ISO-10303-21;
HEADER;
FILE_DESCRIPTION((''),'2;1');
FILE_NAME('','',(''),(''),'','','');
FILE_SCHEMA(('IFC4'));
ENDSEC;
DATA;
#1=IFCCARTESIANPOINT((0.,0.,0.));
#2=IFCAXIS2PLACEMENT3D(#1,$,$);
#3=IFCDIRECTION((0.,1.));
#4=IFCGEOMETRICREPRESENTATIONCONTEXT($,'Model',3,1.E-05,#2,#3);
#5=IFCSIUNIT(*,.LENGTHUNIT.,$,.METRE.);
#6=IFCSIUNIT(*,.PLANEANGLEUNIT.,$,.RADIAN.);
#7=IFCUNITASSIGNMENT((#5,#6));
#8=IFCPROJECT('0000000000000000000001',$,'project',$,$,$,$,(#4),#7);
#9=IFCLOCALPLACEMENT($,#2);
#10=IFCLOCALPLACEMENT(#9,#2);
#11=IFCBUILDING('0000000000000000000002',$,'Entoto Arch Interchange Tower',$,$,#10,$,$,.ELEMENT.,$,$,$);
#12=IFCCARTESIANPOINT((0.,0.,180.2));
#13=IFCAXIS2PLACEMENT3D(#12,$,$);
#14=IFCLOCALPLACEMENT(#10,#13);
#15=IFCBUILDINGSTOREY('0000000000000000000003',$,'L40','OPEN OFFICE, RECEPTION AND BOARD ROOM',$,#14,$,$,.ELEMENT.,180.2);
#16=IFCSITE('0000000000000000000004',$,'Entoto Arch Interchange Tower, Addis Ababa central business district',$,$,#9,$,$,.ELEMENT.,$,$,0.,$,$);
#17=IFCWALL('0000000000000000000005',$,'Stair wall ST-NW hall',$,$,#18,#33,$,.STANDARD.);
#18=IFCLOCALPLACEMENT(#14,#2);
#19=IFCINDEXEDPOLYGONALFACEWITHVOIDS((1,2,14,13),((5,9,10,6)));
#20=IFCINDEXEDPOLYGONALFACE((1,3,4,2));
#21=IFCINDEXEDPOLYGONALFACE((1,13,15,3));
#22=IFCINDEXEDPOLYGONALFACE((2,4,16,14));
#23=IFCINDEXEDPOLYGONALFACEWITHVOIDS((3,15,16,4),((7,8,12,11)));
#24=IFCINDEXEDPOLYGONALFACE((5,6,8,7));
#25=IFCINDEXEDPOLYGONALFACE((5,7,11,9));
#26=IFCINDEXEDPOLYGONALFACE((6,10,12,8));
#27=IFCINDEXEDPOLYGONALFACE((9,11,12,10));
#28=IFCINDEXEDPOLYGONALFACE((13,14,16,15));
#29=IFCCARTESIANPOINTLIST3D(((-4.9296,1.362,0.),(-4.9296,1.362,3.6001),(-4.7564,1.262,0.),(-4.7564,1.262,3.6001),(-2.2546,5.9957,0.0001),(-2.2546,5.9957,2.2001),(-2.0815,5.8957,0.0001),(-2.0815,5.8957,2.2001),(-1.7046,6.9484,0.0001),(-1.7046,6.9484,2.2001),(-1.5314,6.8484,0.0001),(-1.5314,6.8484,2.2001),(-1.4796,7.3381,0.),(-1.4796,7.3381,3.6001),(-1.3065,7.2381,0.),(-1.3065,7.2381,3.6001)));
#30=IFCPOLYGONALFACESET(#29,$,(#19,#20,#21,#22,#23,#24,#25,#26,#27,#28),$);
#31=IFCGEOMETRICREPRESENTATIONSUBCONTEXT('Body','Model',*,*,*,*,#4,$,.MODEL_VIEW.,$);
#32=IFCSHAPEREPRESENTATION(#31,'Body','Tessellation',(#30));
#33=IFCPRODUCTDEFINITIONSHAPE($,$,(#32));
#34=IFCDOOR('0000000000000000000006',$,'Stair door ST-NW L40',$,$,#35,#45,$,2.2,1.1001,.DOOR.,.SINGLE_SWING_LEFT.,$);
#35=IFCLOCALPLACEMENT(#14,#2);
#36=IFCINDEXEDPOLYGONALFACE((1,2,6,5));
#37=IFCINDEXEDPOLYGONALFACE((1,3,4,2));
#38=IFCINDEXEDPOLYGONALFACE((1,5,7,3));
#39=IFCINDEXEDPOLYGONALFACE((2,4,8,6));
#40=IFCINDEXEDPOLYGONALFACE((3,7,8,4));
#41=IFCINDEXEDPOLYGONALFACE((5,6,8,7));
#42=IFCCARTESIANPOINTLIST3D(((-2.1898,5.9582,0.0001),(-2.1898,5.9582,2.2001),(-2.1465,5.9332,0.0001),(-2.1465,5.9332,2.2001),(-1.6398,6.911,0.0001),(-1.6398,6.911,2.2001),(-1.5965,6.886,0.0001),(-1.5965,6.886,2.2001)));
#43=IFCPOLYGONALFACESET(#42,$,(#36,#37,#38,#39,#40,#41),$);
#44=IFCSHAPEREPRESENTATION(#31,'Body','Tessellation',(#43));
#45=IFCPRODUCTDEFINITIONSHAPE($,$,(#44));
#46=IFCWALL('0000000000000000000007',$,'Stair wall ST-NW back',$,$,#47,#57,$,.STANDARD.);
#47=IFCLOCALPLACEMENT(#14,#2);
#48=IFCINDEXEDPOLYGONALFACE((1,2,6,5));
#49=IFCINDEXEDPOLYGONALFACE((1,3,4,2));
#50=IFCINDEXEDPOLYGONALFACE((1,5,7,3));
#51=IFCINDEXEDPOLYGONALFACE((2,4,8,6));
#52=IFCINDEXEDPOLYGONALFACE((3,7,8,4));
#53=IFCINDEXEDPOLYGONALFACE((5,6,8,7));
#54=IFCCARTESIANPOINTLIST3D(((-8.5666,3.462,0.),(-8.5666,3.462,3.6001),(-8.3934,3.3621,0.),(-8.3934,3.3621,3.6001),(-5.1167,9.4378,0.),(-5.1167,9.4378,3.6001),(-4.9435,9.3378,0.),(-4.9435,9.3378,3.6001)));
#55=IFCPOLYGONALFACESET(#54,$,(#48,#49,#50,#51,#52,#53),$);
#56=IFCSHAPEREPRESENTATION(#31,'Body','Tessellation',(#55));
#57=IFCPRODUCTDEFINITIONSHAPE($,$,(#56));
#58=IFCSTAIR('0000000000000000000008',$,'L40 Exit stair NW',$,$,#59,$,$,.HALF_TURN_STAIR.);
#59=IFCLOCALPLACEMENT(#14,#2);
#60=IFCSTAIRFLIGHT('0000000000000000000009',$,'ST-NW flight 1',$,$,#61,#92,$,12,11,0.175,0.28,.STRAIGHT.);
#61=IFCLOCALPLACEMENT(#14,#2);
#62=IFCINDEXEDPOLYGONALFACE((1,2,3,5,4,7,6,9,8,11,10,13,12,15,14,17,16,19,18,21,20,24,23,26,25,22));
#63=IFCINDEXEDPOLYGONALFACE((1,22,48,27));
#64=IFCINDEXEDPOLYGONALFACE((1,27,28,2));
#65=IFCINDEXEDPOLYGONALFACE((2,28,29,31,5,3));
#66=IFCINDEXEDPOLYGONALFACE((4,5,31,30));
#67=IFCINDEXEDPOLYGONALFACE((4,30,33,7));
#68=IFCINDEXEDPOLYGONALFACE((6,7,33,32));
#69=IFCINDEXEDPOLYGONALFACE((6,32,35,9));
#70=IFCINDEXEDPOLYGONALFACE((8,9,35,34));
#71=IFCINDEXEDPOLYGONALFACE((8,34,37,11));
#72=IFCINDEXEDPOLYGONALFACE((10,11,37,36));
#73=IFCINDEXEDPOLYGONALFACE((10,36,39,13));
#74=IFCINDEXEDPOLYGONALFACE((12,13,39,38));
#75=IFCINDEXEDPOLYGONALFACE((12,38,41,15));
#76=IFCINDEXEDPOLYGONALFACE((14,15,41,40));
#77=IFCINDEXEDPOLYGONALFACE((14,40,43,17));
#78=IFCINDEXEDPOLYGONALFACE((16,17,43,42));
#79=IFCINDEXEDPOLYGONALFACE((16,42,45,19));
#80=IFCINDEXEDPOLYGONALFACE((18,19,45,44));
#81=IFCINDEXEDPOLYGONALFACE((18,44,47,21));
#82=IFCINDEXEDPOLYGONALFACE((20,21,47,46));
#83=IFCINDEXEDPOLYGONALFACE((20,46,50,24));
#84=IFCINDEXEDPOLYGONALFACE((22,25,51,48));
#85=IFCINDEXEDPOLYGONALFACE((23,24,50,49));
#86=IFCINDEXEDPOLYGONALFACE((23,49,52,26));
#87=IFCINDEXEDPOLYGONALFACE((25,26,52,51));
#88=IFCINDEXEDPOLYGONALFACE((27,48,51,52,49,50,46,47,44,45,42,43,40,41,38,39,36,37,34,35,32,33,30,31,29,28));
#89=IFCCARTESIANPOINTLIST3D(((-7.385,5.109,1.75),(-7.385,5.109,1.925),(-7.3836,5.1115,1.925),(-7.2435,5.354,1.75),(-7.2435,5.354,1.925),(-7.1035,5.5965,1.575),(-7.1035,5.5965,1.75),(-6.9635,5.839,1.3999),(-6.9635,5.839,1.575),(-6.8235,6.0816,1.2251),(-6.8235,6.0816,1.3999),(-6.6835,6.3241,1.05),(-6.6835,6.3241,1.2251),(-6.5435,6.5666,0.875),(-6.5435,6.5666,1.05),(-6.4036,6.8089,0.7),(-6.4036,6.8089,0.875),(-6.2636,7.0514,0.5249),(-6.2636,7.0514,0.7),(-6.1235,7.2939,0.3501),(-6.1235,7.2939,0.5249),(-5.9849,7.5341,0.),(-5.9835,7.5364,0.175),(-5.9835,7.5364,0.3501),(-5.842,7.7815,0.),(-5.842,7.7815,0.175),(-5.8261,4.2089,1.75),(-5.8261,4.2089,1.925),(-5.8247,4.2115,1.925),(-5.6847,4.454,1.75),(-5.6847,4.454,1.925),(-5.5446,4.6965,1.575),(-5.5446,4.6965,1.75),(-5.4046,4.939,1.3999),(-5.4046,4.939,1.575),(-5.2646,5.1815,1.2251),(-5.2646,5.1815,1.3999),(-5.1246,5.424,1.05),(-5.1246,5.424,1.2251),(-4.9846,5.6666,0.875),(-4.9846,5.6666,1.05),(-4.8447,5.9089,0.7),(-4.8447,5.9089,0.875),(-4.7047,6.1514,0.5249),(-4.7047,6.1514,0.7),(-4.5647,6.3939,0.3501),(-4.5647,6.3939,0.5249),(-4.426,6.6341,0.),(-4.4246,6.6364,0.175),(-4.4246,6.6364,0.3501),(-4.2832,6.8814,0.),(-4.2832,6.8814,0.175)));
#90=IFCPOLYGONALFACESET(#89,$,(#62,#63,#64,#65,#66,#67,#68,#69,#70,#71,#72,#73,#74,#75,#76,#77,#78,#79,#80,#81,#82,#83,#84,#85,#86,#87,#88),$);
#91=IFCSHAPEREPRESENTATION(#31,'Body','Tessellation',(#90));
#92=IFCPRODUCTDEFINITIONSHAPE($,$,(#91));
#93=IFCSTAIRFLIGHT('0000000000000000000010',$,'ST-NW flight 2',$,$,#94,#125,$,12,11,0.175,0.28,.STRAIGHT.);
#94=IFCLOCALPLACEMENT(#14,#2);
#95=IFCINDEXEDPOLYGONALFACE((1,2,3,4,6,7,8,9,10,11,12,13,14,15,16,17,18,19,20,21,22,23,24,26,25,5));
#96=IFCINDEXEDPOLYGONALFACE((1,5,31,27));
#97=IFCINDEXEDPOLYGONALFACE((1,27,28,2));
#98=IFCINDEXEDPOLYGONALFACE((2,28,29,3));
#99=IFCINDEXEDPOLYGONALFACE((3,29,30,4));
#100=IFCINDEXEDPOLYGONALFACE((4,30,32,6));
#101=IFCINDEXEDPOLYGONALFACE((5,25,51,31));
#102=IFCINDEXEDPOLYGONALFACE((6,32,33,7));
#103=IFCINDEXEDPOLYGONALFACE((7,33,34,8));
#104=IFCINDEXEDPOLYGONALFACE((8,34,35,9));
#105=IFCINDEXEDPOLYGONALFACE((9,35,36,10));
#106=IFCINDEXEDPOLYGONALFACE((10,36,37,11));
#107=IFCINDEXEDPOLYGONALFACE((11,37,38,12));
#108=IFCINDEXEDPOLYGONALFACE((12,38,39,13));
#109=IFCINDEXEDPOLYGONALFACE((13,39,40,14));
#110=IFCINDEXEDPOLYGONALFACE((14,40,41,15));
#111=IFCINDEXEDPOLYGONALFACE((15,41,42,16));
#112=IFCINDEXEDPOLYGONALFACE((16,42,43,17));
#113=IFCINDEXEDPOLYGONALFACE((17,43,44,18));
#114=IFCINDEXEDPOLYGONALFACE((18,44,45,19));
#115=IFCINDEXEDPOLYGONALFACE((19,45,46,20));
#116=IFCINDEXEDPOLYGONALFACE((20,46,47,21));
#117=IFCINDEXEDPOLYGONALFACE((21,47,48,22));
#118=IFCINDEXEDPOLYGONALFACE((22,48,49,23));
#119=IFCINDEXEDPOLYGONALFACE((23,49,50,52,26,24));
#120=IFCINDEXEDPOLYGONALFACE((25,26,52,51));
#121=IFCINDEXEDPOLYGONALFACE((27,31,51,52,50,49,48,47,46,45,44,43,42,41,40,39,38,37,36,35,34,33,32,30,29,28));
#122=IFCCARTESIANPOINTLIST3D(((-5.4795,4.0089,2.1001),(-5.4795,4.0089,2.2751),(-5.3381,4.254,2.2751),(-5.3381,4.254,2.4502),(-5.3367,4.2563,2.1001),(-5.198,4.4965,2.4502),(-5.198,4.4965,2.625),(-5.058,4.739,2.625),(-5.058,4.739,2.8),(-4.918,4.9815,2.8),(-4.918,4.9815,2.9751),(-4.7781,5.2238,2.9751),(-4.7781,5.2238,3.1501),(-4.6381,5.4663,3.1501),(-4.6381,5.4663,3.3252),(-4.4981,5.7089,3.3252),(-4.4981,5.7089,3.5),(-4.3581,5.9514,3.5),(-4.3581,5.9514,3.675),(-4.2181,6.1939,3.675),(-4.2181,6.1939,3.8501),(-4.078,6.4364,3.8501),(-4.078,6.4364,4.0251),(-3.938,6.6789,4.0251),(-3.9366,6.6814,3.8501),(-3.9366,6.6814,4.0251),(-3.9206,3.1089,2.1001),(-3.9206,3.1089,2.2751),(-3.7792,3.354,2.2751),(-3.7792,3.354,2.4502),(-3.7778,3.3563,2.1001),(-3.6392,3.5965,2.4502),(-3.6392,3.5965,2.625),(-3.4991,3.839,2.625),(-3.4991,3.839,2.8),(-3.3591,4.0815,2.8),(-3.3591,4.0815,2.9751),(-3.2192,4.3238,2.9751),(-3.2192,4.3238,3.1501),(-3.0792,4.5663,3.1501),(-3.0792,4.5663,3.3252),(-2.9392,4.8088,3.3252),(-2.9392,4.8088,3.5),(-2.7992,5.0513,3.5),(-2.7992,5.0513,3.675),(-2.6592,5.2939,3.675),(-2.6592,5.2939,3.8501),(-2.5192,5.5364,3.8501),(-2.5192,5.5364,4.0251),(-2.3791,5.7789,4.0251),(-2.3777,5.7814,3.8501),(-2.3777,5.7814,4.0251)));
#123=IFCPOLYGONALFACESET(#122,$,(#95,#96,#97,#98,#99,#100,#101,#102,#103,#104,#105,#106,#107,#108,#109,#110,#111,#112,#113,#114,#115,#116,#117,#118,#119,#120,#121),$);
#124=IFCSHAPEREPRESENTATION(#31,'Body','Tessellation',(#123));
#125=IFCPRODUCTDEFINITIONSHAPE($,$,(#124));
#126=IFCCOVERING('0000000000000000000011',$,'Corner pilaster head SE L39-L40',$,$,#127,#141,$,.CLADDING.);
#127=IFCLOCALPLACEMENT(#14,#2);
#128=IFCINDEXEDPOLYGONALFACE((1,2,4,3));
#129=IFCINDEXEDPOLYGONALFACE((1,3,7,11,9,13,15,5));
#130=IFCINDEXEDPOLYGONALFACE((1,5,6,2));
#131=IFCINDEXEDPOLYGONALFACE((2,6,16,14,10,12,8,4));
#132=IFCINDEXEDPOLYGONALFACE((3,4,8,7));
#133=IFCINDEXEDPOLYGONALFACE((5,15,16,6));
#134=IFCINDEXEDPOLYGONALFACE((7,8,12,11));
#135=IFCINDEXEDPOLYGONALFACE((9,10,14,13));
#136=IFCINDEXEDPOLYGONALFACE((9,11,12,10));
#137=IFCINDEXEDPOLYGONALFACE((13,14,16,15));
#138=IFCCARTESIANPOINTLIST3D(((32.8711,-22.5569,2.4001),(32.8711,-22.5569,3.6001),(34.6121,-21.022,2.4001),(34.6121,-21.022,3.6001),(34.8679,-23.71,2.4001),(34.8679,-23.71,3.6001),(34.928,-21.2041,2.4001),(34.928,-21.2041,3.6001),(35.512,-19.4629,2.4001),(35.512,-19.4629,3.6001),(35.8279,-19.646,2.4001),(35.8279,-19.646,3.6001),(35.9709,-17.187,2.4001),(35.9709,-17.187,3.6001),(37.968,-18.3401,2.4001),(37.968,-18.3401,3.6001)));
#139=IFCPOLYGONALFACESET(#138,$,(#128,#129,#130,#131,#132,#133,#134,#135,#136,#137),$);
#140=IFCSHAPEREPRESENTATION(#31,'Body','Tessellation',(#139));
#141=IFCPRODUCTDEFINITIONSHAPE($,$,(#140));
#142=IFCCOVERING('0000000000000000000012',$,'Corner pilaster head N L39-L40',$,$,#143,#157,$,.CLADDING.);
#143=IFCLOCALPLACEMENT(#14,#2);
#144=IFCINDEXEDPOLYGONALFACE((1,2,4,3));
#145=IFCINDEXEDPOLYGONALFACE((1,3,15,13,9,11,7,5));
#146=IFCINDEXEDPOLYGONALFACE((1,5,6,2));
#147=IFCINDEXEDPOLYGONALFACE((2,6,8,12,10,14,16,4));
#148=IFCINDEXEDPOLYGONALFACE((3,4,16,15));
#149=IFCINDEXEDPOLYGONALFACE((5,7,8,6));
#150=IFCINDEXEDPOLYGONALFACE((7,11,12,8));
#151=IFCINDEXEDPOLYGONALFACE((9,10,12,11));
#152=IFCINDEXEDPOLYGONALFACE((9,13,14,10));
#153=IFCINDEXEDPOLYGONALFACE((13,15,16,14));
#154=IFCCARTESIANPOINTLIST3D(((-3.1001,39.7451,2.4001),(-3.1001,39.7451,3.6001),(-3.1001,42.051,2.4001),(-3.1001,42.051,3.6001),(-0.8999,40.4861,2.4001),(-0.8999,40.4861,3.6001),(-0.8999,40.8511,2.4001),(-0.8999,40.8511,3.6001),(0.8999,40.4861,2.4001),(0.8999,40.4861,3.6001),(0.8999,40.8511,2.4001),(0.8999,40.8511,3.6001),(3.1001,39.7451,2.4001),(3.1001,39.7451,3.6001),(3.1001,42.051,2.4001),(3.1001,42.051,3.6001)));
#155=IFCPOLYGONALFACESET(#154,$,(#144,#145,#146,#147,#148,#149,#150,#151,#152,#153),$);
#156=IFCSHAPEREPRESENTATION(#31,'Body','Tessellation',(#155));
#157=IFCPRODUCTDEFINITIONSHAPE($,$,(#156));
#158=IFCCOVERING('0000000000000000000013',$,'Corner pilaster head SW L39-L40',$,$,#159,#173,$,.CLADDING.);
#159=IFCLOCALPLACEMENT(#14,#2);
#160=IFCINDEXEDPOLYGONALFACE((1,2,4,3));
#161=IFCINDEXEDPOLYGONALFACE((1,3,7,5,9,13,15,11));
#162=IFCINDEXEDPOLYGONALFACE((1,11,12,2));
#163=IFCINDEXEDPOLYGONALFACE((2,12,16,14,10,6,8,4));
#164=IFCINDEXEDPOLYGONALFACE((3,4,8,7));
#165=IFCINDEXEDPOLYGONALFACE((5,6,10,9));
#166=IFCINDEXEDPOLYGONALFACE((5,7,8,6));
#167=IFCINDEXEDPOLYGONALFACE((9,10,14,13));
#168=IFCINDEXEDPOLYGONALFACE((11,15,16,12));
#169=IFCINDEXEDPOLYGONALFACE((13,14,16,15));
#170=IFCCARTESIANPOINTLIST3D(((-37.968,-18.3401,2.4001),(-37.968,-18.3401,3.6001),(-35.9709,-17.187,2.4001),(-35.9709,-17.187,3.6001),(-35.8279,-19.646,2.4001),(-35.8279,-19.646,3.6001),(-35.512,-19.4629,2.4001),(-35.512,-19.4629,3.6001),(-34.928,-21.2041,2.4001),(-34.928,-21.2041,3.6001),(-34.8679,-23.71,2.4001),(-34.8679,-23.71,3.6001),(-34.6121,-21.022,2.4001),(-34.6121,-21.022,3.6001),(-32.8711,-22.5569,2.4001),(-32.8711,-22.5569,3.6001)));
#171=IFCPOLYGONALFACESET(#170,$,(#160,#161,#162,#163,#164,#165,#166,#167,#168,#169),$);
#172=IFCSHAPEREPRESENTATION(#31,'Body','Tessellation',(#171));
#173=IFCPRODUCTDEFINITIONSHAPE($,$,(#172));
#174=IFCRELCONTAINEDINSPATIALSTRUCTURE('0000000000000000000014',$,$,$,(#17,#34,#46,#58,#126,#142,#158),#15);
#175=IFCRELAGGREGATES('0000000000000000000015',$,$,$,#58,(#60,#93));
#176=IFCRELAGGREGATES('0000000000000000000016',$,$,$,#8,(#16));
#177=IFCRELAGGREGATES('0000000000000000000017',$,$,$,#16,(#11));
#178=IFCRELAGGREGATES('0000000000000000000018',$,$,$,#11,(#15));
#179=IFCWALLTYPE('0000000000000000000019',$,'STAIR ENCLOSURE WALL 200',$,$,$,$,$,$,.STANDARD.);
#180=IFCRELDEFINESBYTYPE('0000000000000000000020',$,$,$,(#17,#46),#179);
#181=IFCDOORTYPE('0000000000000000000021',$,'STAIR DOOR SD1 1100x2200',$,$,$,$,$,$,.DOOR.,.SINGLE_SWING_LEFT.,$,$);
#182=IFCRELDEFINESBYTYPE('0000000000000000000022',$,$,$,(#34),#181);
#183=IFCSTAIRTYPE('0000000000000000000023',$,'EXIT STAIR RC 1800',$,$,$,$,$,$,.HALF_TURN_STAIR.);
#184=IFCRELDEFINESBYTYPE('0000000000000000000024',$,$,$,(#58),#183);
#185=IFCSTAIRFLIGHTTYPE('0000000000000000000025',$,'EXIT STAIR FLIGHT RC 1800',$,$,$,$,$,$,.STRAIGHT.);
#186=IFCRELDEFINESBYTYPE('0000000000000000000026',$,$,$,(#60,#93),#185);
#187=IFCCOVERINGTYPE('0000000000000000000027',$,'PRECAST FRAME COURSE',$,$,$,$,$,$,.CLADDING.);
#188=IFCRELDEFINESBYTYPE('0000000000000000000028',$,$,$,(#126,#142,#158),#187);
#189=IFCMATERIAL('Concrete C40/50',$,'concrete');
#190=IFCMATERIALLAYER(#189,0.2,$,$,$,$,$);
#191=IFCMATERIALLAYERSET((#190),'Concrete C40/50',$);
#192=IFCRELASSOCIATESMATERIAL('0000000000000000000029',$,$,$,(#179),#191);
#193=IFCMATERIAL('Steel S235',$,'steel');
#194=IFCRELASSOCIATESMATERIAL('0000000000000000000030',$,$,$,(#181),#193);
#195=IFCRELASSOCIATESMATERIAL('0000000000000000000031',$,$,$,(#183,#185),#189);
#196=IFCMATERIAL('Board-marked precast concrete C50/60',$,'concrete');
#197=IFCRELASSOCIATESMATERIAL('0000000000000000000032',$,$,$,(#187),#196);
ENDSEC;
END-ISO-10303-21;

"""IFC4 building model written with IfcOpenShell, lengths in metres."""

from ifc_helpers import new_model, si_unit, direction, frame, frame_2d, origin, place, context, subcontext, project, spatial, polyline, rectangle, outline, extrude, material, layer, layer_set, type_object, element, fill, aggregate, save


model = new_model("IFC4")

# Units and contexts
model_context = context("Model", 3, precision=1e-05, world=origin(), true_north=direction((0.0, 1.0)))
body_context = subcontext(model_context, "Body", "Model", "MODEL_VIEW")
ifc_project = project(units=[si_unit("LENGTHUNIT", "METRE"), si_unit("PLANEANGLEUNIT", "RADIAN")], contexts=[model_context])

# Site, building, storey
site_placement = place(None, origin())
site = spatial("IfcSite", under=ifc_project, at=site_placement, Name="Entoto Arch Interchange Tower, Addis Ababa central business district", CompositionType="ELEMENT", RefElevation=0.0)
building_placement = place(site_placement, origin())
building = spatial("IfcBuilding", under=site, at=building_placement, Name="Entoto Arch Interchange Tower", CompositionType="ELEMENT")
storey_placement = place(building_placement, frame((0.0, 0.0, 180.2)))
storey = spatial("IfcBuildingStorey", under=building, at=storey_placement, Name="L40", Description="OPEN OFFICE, RECEPTION AND BOARD ROOM", CompositionType="ELEMENT", Elevation=180.2)

# Shared definitions
ifc_material_1 = material(Name="Board-marked precast concrete C50/60", Category="concrete")

# Shared definitions
ifc_material_2 = material(Name="Concrete C40/50", Category="concrete")

# Shared definitions
ifc_layer_1 = layer(ifc_material_2, 0.2)
ifc_layer_set_1 = layer_set([ifc_layer_1], Name="Concrete C40/50")
wall_type_1 = type_object("IfcWallType", Name="STAIR ENCLOSURE WALL 200", PredefinedType="STANDARD", material=ifc_layer_set_1)
ifc_material_3 = material(Name="Steel S235", Category="steel")
door_type_1 = type_object("IfcDoorType", Name="STAIR DOOR SD1 1100x2200", OperationType="SINGLE_SWING_LEFT", PredefinedType="DOOR", material=ifc_material_3)

# Wall, opening, door
wall_1_placement = place(storey_placement, frame((-1.3931, 7.2881, 0.0), z_axis=(0.0, 0.0, 1.0), x_axis=(-0.499963, -0.866047, 0.0)))
wall_1 = element("IfcWall", 1, at=wall_1_placement, inside=storey, type_object=wall_type_1, Name="Stair wall ST-NW hall", PredefinedType="STANDARD", context=body_context, shape_type="SweptSolid", body=[
    extrude(rectangle(XDim=6.9004, YDim=0.2, at=frame_2d((3.4502, 0.0))), origin(), (0.0, 0.0, 1.0), 3.6001),
])
opening_1_placement = place(wall_1_placement, frame((0.45, 0.0, 0.0)))
opening_1 = element("IfcOpeningElement", 2, at=opening_1_placement, cuts=wall_1, PredefinedType="OPENING", context=body_context, shape_type="SweptSolid", body=[
    extrude(rectangle(XDim=1.1001, YDim=2.2, at=frame_2d((0.55, 1.1001))), frame((0.0, 0.1099, 0.0), z_axis=(0.0, -1.0, 0.0), x_axis=(1.0, 0.0, 0.0)), (0.0, 0.0, 1.0), 0.22),
])
door_1_placement = place(opening_1_placement, origin())
door_1 = element("IfcDoor", 3, at=door_1_placement, inside=storey, type_object=door_type_1, Name="Stair door ST-NW L40", OperationType="SINGLE_SWING_LEFT", OverallHeight=2.2, OverallWidth=1.1001, PredefinedType="DOOR", context=body_context, shape_type="SweptSolid", body=[
    extrude(rectangle(XDim=1.1001, YDim=2.2, at=frame_2d((0.55, 1.1001))), frame((0.0, 0.0249, 0.0), z_axis=(0.0, -1.0, 0.0), x_axis=(1.0, 0.0, 0.0)), (0.0, 0.0, 1.0), 0.05),
])
fill(opening_1, door_1)

# Wall
wall_2_placement = place(storey_placement, frame((-5.03, 9.3879, 0.0), z_axis=(0.0, 0.0, 1.0), x_axis=(-0.499979, -0.866038, 0.0)))
element("IfcWall", 4, at=wall_2_placement, inside=storey, type_object=wall_type_1, Name="Stair wall ST-NW back", PredefinedType="STANDARD", context=body_context, shape_type="SweptSolid", body=[
    extrude(rectangle(XDim=6.9001, YDim=0.2, at=frame_2d((3.4502, 0.0))), origin(), (0.0, 0.0, 1.0), 3.6001),
])

# Stair, stair flights
stair_type = type_object("IfcStairType", Name="EXIT STAIR RC 1800", PredefinedType="HALF_TURN_STAIR", material=ifc_material_2)
stair_placement = place(storey_placement, origin())
stair = element("IfcStair", 5, at=stair_placement, inside=storey, type_object=stair_type, Name="L40 Exit stair NW", PredefinedType="HALF_TURN_STAIR")
stair_flight_type = type_object("IfcStairFlightType", Name="EXIT STAIR FLIGHT RC 1800", PredefinedType="STRAIGHT", material=ifc_material_2)
stair_flight_1_placement = place(storey_placement, frame((-5.064, 7.3289, 0.0), z_axis=(0.0, 0.0, 1.0), x_axis=(-0.5, -0.866025, 0.0)))
stair_flight_1 = element("IfcStairFlight", 6, at=stair_flight_1_placement, type_object=stair_flight_type, Name="ST-NW flight 1", NumberOfRisers=12, NumberOfTreads=11, PredefinedType="STRAIGHT", RiserHeight=0.175, TreadLength=0.28, context=body_context, shape_type="SweptSolid", body=[
    extrude(outline(polyline([(-0.0029, 0.0), (-0.0029, 0.175), (0.28, 0.175), (0.28, 0.3501), (0.5601, 0.3501), (0.5601, 0.5249), (0.8401, 0.5249), (0.8401, 0.7), (1.1201, 0.7), (1.1201, 0.875), (1.3999, 0.875), (1.3999, 1.05), (1.6799, 1.05), (1.6799, 1.2251), (1.96, 1.2251), (1.96, 1.3999), (2.24, 1.3999), (2.24, 1.575), (2.52, 1.575), (2.52, 1.75), (2.8, 1.75), (2.8, 1.925), (3.0801, 1.925), (3.083, 1.925), (3.083, 1.75), (0.2827, 0.0), (-0.0029, 0.0)])), frame((0.0, 0.8999, 0.0), z_axis=(0.0, -1.0, 0.0), x_axis=(1.0, 0.0, 0.0)), (0.0, 0.0, 1.0), 1.8),
])
stair_flight_2_placement = place(storey_placement, frame((-4.6987, 3.5615, 2.1001), z_axis=(0.0, 0.0, 1.0), x_axis=(0.5, 0.866025, 0.0)))
stair_flight_2 = element("IfcStairFlight", 7, at=stair_flight_2_placement, type_object=stair_flight_type, Name="ST-NW flight 2", NumberOfRisers=12, NumberOfTreads=11, PredefinedType="STRAIGHT", RiserHeight=0.175, TreadLength=0.28, context=body_context, shape_type="SweptSolid", body=[
    extrude(outline(polyline([(-0.0029, 0.0), (-0.0029, 0.175), (0.28, 0.175), (0.28, 0.3501), (0.5601, 0.3501), (0.5601, 0.5249), (0.8401, 0.5249), (0.8401, 0.7), (1.1201, 0.7), (1.1201, 0.875), (1.3999, 0.875), (1.3999, 1.05), (1.6799, 1.05), (1.6799, 1.2251), (1.96, 1.2251), (1.96, 1.3999), (2.24, 1.3999), (2.24, 1.575), (2.52, 1.575), (2.52, 1.75), (2.8, 1.75), (2.8, 1.925), (3.0801, 1.925), (3.083, 1.925), (3.083, 1.75), (0.2827, 0.0), (-0.0029, 0.0)])), frame((0.0, 0.8999, 0.0), z_axis=(0.0, -1.0, 0.0), x_axis=(1.0, 0.0, 0.0)), (0.0, 0.0, 1.0), 1.8),
])
aggregate(stair, [stair_flight_1, stair_flight_2])

# Coverings
covering_type = type_object("IfcCoveringType", Name="PRECAST FRAME COURSE", PredefinedType="CLADDING", material=ifc_material_1)
covering_1_placement = place(storey_placement, frame((0.0, 0.0, 2.4001)))
element("IfcCovering", 8, at=covering_1_placement, inside=storey, type_object=covering_type, Name="Corner pilaster head SE L39-L40", PredefinedType="CLADDING", context=body_context, shape_type="SweptSolid", body=[
    extrude(outline(polyline([(37.968, -18.3401), (34.8679, -23.71), (32.8711, -22.5569), (34.6121, -21.022), (34.928, -21.2041), (35.8279, -19.646), (35.512, -19.4629), (35.9709, -17.187), (37.968, -18.3401)])), origin(), (0.0, 0.0, 1.0), 1.2),
])
covering_2_placement = place(storey_placement, frame((0.0, 0.0, 2.4001)))
element("IfcCovering", 9, at=covering_2_placement, inside=storey, type_object=covering_type, Name="Corner pilaster head N L39-L40", PredefinedType="CLADDING", context=body_context, shape_type="SweptSolid", body=[
    extrude(outline(polyline([(-3.1001, 42.051), (3.1001, 42.051), (3.1001, 39.7451), (0.8999, 40.4861), (0.8999, 40.8511), (-0.8999, 40.8511), (-0.8999, 40.4861), (-3.1001, 39.7451), (-3.1001, 42.051)])), origin(), (0.0, 0.0, 1.0), 1.2),
])
covering_3_placement = place(storey_placement, frame((0.0, 0.0, 2.4001)))
element("IfcCovering", 10, at=covering_3_placement, inside=storey, type_object=covering_type, Name="Corner pilaster head SW L39-L40", PredefinedType="CLADDING", context=body_context, shape_type="SweptSolid", body=[
    extrude(outline(polyline([(-34.8679, -23.71), (-37.968, -18.3401), (-35.9709, -17.187), (-35.512, -19.4629), (-35.8279, -19.646), (-34.928, -21.2041), (-34.6121, -21.022), (-32.8711, -22.5569), (-34.8679, -23.71)])), origin(), (0.0, 0.0, 1.0), 1.2),
])

save(model, "model.ifc")
